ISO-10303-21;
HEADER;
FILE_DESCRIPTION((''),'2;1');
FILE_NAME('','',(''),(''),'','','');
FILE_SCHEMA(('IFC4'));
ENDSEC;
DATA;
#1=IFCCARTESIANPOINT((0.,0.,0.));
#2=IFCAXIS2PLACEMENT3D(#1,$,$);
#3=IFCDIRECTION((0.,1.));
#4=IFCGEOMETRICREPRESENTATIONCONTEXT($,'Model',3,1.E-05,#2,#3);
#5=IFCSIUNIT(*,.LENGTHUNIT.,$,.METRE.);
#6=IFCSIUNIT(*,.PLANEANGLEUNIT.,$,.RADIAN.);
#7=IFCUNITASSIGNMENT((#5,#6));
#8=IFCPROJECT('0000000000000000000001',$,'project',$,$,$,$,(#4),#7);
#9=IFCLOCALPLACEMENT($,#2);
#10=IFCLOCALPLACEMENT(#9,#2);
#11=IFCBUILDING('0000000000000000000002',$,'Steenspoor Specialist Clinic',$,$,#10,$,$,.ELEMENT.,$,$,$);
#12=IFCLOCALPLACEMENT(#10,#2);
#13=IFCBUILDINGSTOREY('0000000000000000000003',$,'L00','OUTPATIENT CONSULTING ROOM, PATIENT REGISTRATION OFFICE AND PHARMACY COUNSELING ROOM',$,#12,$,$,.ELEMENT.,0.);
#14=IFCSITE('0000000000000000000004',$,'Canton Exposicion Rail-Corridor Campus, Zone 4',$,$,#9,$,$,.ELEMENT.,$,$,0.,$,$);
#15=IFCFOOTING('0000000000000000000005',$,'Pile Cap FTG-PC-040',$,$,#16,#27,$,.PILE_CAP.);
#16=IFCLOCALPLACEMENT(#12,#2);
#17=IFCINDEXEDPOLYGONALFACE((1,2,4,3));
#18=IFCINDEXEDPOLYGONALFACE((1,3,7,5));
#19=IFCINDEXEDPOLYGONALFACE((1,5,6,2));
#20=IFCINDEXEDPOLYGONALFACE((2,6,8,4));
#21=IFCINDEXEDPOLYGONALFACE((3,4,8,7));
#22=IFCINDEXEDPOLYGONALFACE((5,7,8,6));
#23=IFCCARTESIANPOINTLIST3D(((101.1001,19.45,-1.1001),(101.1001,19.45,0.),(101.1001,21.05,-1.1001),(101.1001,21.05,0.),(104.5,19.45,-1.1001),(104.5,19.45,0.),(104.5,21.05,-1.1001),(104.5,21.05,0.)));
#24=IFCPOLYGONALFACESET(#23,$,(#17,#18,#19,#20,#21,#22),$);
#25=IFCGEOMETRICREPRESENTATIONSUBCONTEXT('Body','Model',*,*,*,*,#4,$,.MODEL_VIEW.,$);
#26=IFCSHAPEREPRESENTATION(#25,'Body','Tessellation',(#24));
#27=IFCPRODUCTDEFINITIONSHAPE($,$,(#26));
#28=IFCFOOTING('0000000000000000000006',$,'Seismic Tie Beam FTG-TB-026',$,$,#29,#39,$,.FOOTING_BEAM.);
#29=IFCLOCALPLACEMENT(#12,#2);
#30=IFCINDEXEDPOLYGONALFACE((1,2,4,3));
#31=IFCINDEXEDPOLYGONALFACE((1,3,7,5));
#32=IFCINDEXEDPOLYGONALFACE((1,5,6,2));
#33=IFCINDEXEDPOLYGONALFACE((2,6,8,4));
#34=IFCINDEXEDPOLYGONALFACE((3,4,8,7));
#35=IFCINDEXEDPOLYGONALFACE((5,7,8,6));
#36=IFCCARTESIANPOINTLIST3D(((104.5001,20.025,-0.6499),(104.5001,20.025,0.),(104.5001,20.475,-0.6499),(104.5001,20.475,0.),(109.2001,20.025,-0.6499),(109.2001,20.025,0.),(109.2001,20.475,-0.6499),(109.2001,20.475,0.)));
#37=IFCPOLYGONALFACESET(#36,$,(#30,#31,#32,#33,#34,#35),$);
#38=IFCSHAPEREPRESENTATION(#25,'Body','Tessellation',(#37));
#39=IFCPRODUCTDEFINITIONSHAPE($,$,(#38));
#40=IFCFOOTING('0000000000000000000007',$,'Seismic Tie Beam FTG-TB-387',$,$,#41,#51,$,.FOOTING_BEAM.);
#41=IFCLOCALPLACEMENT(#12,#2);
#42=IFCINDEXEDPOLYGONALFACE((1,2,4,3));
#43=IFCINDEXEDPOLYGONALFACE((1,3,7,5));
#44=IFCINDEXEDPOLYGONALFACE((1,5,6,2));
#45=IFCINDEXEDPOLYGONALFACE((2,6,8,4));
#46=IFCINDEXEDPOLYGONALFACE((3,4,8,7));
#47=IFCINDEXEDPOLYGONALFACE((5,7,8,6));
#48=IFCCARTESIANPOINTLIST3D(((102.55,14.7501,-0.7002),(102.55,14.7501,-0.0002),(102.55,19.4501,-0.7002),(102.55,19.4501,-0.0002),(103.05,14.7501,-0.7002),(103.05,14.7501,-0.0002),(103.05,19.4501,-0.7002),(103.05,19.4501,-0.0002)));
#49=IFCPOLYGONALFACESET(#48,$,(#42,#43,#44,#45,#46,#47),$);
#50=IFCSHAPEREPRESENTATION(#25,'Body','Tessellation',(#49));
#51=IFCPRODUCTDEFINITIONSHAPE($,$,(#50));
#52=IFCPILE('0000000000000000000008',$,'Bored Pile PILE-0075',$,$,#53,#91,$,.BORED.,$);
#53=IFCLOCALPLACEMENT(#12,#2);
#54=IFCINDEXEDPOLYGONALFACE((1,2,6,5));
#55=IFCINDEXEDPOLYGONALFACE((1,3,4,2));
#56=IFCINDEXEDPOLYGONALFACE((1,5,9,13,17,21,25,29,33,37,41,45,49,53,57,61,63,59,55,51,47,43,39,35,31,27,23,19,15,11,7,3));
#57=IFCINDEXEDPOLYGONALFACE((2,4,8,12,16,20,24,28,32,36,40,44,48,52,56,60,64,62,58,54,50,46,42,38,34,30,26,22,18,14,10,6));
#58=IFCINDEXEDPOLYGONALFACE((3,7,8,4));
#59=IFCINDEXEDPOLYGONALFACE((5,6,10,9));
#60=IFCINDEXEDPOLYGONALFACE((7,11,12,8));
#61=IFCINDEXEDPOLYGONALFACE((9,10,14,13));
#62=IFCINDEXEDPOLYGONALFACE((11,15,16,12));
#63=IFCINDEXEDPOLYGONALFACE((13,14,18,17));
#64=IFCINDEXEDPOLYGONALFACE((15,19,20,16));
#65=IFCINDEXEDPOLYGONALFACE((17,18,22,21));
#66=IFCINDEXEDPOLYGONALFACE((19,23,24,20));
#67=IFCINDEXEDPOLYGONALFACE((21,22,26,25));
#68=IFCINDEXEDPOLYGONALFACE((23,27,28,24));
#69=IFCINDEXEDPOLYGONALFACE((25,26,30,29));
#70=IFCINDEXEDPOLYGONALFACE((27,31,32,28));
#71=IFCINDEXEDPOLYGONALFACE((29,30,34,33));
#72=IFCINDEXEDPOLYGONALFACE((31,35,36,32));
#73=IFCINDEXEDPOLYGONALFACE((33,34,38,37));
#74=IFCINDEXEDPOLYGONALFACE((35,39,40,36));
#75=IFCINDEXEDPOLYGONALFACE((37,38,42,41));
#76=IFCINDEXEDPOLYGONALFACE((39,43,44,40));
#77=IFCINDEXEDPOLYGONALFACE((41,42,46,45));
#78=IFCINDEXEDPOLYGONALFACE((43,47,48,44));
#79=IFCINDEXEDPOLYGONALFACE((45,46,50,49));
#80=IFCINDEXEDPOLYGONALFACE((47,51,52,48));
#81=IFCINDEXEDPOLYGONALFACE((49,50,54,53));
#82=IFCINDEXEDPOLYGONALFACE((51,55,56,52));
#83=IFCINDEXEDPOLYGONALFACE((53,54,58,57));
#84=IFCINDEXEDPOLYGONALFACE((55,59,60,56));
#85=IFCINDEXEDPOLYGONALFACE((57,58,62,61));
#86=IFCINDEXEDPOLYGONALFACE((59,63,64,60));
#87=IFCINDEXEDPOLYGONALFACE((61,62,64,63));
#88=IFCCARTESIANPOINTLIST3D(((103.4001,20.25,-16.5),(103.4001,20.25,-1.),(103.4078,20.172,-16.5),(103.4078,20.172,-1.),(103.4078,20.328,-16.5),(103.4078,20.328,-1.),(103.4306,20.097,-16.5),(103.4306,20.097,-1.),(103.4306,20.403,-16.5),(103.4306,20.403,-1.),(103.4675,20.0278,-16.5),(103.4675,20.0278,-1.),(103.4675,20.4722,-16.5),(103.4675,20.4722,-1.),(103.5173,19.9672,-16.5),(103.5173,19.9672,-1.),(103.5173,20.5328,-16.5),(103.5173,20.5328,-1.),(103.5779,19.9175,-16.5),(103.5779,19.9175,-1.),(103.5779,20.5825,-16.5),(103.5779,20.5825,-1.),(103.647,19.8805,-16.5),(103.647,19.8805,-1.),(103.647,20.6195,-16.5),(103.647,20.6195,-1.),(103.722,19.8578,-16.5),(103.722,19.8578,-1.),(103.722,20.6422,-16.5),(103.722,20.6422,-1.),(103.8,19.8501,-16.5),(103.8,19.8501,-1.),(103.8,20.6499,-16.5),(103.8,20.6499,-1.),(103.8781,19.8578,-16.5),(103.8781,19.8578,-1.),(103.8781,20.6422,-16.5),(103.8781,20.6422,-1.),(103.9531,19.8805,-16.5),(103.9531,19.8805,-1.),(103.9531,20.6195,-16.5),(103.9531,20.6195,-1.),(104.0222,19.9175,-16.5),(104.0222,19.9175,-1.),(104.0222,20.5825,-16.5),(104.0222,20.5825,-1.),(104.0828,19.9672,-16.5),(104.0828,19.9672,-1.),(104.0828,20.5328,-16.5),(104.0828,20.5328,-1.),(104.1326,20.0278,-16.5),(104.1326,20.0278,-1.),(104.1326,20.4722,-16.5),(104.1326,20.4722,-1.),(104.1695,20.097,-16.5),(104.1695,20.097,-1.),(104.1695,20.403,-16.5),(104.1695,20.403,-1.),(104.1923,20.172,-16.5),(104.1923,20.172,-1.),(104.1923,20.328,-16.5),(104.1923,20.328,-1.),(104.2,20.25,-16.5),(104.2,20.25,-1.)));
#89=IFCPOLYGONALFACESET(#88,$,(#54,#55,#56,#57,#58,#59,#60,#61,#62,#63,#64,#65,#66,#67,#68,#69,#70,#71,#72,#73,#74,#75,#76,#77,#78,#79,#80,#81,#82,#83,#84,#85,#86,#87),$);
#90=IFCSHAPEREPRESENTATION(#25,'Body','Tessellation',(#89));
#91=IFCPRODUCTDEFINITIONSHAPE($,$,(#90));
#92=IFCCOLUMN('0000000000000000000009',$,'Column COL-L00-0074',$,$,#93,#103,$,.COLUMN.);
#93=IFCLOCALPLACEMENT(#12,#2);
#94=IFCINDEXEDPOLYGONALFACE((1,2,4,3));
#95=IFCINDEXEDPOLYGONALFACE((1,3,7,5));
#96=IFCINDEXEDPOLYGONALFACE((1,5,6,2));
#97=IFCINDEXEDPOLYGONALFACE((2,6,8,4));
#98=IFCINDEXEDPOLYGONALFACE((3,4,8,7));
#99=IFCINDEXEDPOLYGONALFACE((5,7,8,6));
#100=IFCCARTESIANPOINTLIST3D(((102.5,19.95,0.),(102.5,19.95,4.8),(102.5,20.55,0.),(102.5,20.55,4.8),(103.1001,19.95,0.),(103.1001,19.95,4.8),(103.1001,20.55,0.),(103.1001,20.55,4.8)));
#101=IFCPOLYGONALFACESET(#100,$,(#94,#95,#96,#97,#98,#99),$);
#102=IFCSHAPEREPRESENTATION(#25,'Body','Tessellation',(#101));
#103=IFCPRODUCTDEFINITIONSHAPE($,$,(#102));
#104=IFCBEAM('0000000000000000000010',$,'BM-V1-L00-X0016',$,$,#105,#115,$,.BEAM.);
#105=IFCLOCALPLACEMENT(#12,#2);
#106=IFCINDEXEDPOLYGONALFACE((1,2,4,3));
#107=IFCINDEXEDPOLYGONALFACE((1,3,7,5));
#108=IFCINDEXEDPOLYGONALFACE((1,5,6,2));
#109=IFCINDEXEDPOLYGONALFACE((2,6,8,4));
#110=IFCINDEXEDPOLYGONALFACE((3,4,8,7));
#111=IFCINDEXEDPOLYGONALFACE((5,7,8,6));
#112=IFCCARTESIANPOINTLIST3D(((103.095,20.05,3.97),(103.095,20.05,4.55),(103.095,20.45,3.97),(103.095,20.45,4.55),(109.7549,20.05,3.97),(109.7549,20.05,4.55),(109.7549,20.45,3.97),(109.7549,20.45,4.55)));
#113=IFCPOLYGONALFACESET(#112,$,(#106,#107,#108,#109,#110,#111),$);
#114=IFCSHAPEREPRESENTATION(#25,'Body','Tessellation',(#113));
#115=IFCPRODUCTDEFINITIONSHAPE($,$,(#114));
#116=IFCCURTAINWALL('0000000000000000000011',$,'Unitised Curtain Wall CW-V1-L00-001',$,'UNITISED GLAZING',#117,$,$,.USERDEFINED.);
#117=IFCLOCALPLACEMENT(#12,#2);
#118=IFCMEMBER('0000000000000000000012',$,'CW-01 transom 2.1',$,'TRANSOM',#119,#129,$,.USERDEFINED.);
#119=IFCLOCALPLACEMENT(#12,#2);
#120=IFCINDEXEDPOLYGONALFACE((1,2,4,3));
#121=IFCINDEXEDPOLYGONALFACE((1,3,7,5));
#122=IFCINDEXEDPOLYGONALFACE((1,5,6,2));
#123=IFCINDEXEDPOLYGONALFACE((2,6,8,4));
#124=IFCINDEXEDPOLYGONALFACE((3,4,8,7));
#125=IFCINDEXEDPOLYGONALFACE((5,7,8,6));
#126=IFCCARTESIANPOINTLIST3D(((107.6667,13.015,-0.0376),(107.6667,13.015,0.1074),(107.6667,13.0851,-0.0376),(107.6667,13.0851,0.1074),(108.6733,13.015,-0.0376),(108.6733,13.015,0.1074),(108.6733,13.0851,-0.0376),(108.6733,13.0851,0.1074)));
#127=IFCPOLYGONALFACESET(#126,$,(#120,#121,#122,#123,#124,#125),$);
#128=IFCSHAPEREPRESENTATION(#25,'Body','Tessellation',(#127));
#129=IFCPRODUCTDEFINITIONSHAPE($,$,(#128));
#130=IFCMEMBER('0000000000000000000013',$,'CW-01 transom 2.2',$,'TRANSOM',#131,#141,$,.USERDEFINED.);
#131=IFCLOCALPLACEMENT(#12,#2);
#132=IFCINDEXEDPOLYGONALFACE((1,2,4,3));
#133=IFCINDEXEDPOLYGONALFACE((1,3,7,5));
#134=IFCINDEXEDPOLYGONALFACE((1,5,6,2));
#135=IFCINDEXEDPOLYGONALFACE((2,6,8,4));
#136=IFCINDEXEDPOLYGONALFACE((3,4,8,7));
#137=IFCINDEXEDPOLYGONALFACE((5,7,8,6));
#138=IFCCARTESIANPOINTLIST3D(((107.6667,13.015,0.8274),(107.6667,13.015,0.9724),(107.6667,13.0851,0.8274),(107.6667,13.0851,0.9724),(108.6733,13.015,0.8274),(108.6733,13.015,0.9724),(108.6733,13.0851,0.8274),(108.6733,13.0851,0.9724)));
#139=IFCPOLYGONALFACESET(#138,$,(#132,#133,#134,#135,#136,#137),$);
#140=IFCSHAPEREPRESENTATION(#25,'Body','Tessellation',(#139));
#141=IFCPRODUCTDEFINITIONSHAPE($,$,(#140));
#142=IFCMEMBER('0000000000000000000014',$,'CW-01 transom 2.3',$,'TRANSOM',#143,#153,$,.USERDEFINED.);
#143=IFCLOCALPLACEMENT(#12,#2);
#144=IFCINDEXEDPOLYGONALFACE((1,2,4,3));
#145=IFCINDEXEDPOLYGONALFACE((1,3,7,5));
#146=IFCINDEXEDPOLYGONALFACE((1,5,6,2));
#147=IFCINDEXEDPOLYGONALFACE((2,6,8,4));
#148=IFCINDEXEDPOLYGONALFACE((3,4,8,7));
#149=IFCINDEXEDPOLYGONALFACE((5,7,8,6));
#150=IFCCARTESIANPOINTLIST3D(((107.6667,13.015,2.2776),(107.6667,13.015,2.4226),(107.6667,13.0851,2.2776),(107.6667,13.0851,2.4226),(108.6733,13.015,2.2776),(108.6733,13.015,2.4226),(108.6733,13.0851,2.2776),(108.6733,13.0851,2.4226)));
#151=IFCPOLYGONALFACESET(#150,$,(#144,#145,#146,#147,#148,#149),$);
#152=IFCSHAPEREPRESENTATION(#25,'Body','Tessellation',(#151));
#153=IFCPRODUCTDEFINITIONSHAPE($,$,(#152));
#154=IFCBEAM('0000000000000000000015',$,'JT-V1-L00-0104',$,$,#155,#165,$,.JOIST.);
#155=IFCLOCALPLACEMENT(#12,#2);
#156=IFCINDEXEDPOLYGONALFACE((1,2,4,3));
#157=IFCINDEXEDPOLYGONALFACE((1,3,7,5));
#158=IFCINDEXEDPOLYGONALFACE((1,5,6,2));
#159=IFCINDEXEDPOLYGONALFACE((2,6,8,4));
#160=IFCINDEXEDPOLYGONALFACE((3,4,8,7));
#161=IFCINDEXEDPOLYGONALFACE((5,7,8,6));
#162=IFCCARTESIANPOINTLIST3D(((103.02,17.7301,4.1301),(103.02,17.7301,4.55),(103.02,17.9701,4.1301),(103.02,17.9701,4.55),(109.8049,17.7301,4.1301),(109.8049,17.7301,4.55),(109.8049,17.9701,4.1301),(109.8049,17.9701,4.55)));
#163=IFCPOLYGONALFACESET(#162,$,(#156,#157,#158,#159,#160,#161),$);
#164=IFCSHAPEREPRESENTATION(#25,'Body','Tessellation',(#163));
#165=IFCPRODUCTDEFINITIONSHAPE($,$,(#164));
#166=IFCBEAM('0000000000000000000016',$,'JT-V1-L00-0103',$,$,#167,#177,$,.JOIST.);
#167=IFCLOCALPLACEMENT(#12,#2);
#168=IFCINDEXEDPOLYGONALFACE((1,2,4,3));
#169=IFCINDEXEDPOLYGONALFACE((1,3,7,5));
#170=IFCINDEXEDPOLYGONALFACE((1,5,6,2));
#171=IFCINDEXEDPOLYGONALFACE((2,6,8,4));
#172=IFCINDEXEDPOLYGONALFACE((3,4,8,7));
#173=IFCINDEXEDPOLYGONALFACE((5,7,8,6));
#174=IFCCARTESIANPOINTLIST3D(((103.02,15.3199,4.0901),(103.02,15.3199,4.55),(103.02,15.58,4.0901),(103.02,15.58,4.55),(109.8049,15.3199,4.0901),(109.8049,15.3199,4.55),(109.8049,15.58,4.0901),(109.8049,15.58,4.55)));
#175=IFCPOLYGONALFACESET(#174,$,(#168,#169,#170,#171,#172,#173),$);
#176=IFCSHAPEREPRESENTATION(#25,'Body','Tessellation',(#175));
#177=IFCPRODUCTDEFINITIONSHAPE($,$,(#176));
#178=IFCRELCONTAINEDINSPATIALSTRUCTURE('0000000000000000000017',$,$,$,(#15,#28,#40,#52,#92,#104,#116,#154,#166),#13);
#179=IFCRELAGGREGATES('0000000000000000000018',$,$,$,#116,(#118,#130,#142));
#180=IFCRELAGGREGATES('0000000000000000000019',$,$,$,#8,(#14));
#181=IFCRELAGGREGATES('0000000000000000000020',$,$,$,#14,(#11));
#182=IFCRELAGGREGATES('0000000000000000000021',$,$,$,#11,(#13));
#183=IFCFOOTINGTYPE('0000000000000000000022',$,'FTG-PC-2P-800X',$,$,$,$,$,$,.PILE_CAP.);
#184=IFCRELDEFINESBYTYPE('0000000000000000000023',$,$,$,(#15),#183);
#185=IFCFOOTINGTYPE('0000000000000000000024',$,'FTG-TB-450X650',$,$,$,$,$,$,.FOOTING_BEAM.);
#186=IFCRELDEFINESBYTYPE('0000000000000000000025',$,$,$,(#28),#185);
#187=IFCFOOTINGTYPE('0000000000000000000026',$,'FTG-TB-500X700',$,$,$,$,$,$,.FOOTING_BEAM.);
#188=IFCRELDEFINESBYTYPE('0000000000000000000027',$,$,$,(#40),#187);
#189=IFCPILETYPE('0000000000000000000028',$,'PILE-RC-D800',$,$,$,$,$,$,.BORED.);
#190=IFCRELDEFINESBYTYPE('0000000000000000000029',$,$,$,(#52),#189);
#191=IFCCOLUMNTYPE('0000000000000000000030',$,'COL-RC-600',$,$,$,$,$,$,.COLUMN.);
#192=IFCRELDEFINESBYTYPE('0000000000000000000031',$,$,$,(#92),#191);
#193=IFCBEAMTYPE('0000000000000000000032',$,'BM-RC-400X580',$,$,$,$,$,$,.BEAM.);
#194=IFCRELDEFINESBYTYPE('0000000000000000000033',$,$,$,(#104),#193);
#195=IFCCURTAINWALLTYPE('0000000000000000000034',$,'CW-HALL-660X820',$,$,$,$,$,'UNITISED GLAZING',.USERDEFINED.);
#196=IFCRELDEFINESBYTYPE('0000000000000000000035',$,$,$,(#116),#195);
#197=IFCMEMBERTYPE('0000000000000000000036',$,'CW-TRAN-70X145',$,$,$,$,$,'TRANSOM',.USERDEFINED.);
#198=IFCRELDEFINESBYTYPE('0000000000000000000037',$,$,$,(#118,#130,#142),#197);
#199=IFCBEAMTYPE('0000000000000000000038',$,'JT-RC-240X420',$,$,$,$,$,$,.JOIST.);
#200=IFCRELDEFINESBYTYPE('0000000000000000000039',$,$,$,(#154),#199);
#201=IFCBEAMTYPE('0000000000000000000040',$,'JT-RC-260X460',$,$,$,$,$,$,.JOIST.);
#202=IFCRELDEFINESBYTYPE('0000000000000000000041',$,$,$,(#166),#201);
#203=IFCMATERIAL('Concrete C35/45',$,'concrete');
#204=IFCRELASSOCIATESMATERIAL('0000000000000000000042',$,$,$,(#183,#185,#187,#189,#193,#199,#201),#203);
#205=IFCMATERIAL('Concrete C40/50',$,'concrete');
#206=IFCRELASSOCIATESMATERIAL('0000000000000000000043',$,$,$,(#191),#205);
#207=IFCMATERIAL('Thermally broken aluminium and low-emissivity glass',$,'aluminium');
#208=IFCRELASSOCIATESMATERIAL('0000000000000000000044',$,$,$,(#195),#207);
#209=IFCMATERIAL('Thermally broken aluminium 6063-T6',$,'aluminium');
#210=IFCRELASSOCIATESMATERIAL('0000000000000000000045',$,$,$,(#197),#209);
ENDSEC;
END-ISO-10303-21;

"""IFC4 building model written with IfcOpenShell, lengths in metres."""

from ifc_helpers import new_model, si_unit, direction, frame, origin, origin_2d, place, context, subcontext, project, spatial, rectangle, circle, extrude, material, material_profile, profile_set, type_object, element, aggregate, save


model = new_model("IFC4")

# Units and contexts
model_context = context("Model", 3, precision=1e-05, world=origin(), true_north=direction((0.0, 1.0)))
body_context = subcontext(model_context, "Body", "Model", "MODEL_VIEW")
ifc_project = project(units=[si_unit("LENGTHUNIT", "METRE"), si_unit("PLANEANGLEUNIT", "RADIAN")], contexts=[model_context])

# Site, building, storey
site_placement = place(None, origin())
site = spatial("IfcSite", under=ifc_project, at=site_placement, Name="Canton Exposicion Rail-Corridor Campus, Zone 4", CompositionType="ELEMENT", RefElevation=0.0)
building_placement = place(site_placement, origin())
building = spatial("IfcBuilding", under=site, at=building_placement, Name="Steenspoor Specialist Clinic", CompositionType="ELEMENT")
storey_placement = place(building_placement, origin())
storey = spatial("IfcBuildingStorey", under=building, at=storey_placement, Name="L00", Description="OUTPATIENT CONSULTING ROOM, PATIENT REGISTRATION OFFICE AND PHARMACY COUNSELING ROOM", CompositionType="ELEMENT", Elevation=0.0)

# Footings
ifc_material_1 = material(Name="Concrete C35/45", Category="concrete")
footing_type_1 = type_object("IfcFootingType", Name="FTG-PC-2P-800X", PredefinedType="PILE_CAP", material=ifc_material_1)
footing_1_placement = place(storey_placement, frame((102.8, 20.25, -1.1001), z_axis=(0.0, 0.0, 1.0), x_axis=(1.0, 0.0, 0.0)))
element("IfcFooting", 1, at=footing_1_placement, inside=storey, type_object=footing_type_1, Name="Pile Cap FTG-PC-040", PredefinedType="PILE_CAP", context=body_context, shape_type="SweptSolid", body=[
    extrude(rectangle(XDim=3.3999, YDim=1.6001, at=origin_2d()), origin(), (0.0, 0.0, 1.0), 1.1001),
])
footing_type_2 = type_object("IfcFootingType", Name="FTG-TB-450X650", PredefinedType="FOOTING_BEAM", material=ifc_material_1)
footing_2_placement = place(storey_placement, frame((106.8501, 20.25, -0.6499), z_axis=(0.0, 0.0, 1.0), x_axis=(1.0, 0.0, 0.0)))
element("IfcFooting", 2, at=footing_2_placement, inside=storey, type_object=footing_type_2, Name="Seismic Tie Beam FTG-TB-026", PredefinedType="FOOTING_BEAM", context=body_context, shape_type="SweptSolid", body=[
    extrude(rectangle(XDim=4.7, YDim=0.45, at=origin_2d()), origin(), (0.0, 0.0, 1.0), 0.6499),
])
footing_type_3 = type_object("IfcFootingType", Name="FTG-TB-500X700", PredefinedType="FOOTING_BEAM", material=ifc_material_1)
footing_3_placement = place(storey_placement, frame((102.8, 17.1001, -0.7002), z_axis=(0.0, 0.0, 1.0), x_axis=(1.0, 0.0, 0.0)))
element("IfcFooting", 3, at=footing_3_placement, inside=storey, type_object=footing_type_3, Name="Seismic Tie Beam FTG-TB-387", PredefinedType="FOOTING_BEAM", context=body_context, shape_type="SweptSolid", body=[
    extrude(rectangle(XDim=0.5, YDim=4.7, at=origin_2d()), origin(), (0.0, 0.0, 1.0), 0.7),
])

# Pile
ifc_material_profile_1 = material_profile(ifc_material_1, circle(Radius=0.3999, at=origin_2d()), Name="PILE-D800")
ifc_profile_set_1 = profile_set([ifc_material_profile_1], Name="Concrete C35/45")
pile_type = type_object("IfcPileType", Name="PILE-RC-D800", PredefinedType="BORED", material=ifc_profile_set_1)
pile_placement = place(storey_placement, frame((103.8, 20.25, -1.0), z_axis=(0.0, 0.0, -1.0), x_axis=(1.0, 0.0, 0.0)))
element("IfcPile", 4, at=pile_placement, inside=storey, type_object=pile_type, Name="Bored Pile PILE-0075", PredefinedType="BORED", context=body_context, shape_type="SweptSolid", body=[
    extrude(circle(Radius=0.3999, at=origin_2d()), origin(), (0.0, 0.0, 1.0), 15.5),
])

# Column
ifc_material_2 = material(Name="Concrete C40/50", Category="concrete")
ifc_material_profile_2 = material_profile(ifc_material_2, rectangle(XDim=0.6001, YDim=0.6001, at=origin_2d()), Name="RC-COL-600X600")
ifc_profile_set_2 = profile_set([ifc_material_profile_2], Name="Concrete C40/50")
column_type = type_object("IfcColumnType", Name="COL-RC-600", PredefinedType="COLUMN", material=ifc_profile_set_2)
column_placement = place(storey_placement, frame((102.8, 20.25, 0.0), z_axis=(0.0, 0.0, 1.0), x_axis=(1.0, 0.0, 0.0)))
element("IfcColumn", 5, at=column_placement, inside=storey, type_object=column_type, Name="Column COL-L00-0074", PredefinedType="COLUMN", context=body_context, shape_type="SweptSolid", body=[
    extrude(rectangle(XDim=0.6001, YDim=0.6001, at=origin_2d()), origin(), (0.0, 0.0, 1.0), 4.8),
])

# Beam
ifc_material_profile_3 = material_profile(ifc_material_1, rectangle(XDim=0.3999, YDim=0.5801, at=origin_2d()), Name="RC-BM-400X580")
ifc_profile_set_3 = profile_set([ifc_material_profile_3], Name="Concrete C35/45")
beam_type_1 = type_object("IfcBeamType", Name="BM-RC-400X580", PredefinedType="BEAM", material=ifc_profile_set_3)
beam_1_placement = place(storey_placement, frame((103.095, 20.25, 4.26), z_axis=(1.0, 0.0, 0.0), x_axis=(0.0, 1.0, 0.0)))
element("IfcBeam", 6, at=beam_1_placement, inside=storey, type_object=beam_type_1, Name="BM-V1-L00-X0016", PredefinedType="BEAM", context=body_context, shape_type="SweptSolid", body=[
    extrude(rectangle(XDim=0.3999, YDim=0.5801, at=origin_2d()), origin(), (0.0, 0.0, 1.0), 6.6599),
])

# Curtain wall, members
ifc_material_3 = material(Name="Thermally broken aluminium and low-emissivity glass", Category="aluminium")
curtain_wall_type = type_object("IfcCurtainWallType", Name="CW-HALL-660X820", ElementType="UNITISED GLAZING", PredefinedType="USERDEFINED", material=ifc_material_3)
curtain_wall_placement = place(storey_placement, origin())
curtain_wall = element("IfcCurtainWall", 7, at=curtain_wall_placement, inside=storey, type_object=curtain_wall_type, Name="Unitised Curtain Wall CW-V1-L00-001", ObjectType="UNITISED GLAZING", PredefinedType="USERDEFINED")
ifc_material_4 = material(Name="Thermally broken aluminium 6063-T6", Category="aluminium")
ifc_material_profile_4 = material_profile(ifc_material_4, rectangle(XDim=0.0701, YDim=0.145, at=origin_2d()), Name="CWT-70X145")
ifc_profile_set_4 = profile_set([ifc_material_profile_4], Name="Thermally broken aluminium 6063-T6")
member_type = type_object("IfcMemberType", Name="CW-TRAN-70X145", ElementType="TRANSOM", PredefinedType="USERDEFINED", material=ifc_profile_set_4)
member_1_placement = place(storey_placement, frame((108.6733, 13.05, 0.0349), z_axis=(-1.0, 0.0, 0.0), x_axis=(0.0, -1.0, 0.0)))
member_1 = element("IfcMember", 8, at=member_1_placement, type_object=member_type, Name="CW-01 transom 2.1", ObjectType="TRANSOM", PredefinedType="USERDEFINED", context=body_context, shape_type="SweptSolid", body=[
    extrude(rectangle(XDim=0.0701, YDim=0.145, at=origin_2d()), origin(), (0.0, 0.0, 1.0), 1.0066),
])
member_2_placement = place(storey_placement, frame((108.6733, 13.05, 0.8999), z_axis=(-1.0, 0.0, 0.0), x_axis=(0.0, -1.0, 0.0)))
member_2 = element("IfcMember", 9, at=member_2_placement, type_object=member_type, Name="CW-01 transom 2.2", ObjectType="TRANSOM", PredefinedType="USERDEFINED", context=body_context, shape_type="SweptSolid", body=[
    extrude(rectangle(XDim=0.0701, YDim=0.145, at=origin_2d()), origin(), (0.0, 0.0, 1.0), 1.0066),
])
member_3_placement = place(storey_placement, frame((108.6733, 13.05, 2.3501), z_axis=(-1.0, 0.0, 0.0), x_axis=(0.0, -1.0, 0.0)))
member_3 = element("IfcMember", 10, at=member_3_placement, type_object=member_type, Name="CW-01 transom 2.3", ObjectType="TRANSOM", PredefinedType="USERDEFINED", context=body_context, shape_type="SweptSolid", body=[
    extrude(rectangle(XDim=0.0701, YDim=0.145, at=origin_2d()), origin(), (0.0, 0.0, 1.0), 1.0066),
])

# Beams
ifc_material_profile_5 = material_profile(ifc_material_1, rectangle(XDim=0.24, YDim=0.4199, at=origin_2d()), Name="RC-JT-240X420")
ifc_profile_set_5 = profile_set([ifc_material_profile_5], Name="Concrete C35/45")
beam_type_2 = type_object("IfcBeamType", Name="JT-RC-240X420", PredefinedType="JOIST", material=ifc_profile_set_5)
beam_2_placement = place(storey_placement, frame((103.02, 17.8501, 4.3401), z_axis=(1.0, 0.0, 0.0), x_axis=(0.0, 1.0, 0.0)))
element("IfcBeam", 11, at=beam_2_placement, inside=storey, type_object=beam_type_2, Name="JT-V1-L00-0104", PredefinedType="JOIST", context=body_context, shape_type="SweptSolid", body=[
    extrude(rectangle(XDim=0.24, YDim=0.4199, at=origin_2d()), origin(), (0.0, 0.0, 1.0), 6.7849),
])
ifc_material_profile_6 = material_profile(ifc_material_1, rectangle(XDim=0.26, YDim=0.46, at=origin_2d()), Name="RC-JT-260X460")
ifc_profile_set_6 = profile_set([ifc_material_profile_6], Name="Concrete C35/45")
beam_type_3 = type_object("IfcBeamType", Name="JT-RC-260X460", PredefinedType="JOIST", material=ifc_profile_set_6)
beam_3_placement = place(storey_placement, frame((103.02, 15.45, 4.3201), z_axis=(1.0, 0.0, 0.0), x_axis=(0.0, 1.0, 0.0)))
element("IfcBeam", 12, at=beam_3_placement, inside=storey, type_object=beam_type_3, Name="JT-V1-L00-0103", PredefinedType="JOIST", context=body_context, shape_type="SweptSolid", body=[
    extrude(rectangle(XDim=0.26, YDim=0.46, at=origin_2d()), origin(), (0.0, 0.0, 1.0), 6.7849),
])

aggregate(curtain_wall, [member_1, member_2, member_3])

save(model, "model.ifc")
